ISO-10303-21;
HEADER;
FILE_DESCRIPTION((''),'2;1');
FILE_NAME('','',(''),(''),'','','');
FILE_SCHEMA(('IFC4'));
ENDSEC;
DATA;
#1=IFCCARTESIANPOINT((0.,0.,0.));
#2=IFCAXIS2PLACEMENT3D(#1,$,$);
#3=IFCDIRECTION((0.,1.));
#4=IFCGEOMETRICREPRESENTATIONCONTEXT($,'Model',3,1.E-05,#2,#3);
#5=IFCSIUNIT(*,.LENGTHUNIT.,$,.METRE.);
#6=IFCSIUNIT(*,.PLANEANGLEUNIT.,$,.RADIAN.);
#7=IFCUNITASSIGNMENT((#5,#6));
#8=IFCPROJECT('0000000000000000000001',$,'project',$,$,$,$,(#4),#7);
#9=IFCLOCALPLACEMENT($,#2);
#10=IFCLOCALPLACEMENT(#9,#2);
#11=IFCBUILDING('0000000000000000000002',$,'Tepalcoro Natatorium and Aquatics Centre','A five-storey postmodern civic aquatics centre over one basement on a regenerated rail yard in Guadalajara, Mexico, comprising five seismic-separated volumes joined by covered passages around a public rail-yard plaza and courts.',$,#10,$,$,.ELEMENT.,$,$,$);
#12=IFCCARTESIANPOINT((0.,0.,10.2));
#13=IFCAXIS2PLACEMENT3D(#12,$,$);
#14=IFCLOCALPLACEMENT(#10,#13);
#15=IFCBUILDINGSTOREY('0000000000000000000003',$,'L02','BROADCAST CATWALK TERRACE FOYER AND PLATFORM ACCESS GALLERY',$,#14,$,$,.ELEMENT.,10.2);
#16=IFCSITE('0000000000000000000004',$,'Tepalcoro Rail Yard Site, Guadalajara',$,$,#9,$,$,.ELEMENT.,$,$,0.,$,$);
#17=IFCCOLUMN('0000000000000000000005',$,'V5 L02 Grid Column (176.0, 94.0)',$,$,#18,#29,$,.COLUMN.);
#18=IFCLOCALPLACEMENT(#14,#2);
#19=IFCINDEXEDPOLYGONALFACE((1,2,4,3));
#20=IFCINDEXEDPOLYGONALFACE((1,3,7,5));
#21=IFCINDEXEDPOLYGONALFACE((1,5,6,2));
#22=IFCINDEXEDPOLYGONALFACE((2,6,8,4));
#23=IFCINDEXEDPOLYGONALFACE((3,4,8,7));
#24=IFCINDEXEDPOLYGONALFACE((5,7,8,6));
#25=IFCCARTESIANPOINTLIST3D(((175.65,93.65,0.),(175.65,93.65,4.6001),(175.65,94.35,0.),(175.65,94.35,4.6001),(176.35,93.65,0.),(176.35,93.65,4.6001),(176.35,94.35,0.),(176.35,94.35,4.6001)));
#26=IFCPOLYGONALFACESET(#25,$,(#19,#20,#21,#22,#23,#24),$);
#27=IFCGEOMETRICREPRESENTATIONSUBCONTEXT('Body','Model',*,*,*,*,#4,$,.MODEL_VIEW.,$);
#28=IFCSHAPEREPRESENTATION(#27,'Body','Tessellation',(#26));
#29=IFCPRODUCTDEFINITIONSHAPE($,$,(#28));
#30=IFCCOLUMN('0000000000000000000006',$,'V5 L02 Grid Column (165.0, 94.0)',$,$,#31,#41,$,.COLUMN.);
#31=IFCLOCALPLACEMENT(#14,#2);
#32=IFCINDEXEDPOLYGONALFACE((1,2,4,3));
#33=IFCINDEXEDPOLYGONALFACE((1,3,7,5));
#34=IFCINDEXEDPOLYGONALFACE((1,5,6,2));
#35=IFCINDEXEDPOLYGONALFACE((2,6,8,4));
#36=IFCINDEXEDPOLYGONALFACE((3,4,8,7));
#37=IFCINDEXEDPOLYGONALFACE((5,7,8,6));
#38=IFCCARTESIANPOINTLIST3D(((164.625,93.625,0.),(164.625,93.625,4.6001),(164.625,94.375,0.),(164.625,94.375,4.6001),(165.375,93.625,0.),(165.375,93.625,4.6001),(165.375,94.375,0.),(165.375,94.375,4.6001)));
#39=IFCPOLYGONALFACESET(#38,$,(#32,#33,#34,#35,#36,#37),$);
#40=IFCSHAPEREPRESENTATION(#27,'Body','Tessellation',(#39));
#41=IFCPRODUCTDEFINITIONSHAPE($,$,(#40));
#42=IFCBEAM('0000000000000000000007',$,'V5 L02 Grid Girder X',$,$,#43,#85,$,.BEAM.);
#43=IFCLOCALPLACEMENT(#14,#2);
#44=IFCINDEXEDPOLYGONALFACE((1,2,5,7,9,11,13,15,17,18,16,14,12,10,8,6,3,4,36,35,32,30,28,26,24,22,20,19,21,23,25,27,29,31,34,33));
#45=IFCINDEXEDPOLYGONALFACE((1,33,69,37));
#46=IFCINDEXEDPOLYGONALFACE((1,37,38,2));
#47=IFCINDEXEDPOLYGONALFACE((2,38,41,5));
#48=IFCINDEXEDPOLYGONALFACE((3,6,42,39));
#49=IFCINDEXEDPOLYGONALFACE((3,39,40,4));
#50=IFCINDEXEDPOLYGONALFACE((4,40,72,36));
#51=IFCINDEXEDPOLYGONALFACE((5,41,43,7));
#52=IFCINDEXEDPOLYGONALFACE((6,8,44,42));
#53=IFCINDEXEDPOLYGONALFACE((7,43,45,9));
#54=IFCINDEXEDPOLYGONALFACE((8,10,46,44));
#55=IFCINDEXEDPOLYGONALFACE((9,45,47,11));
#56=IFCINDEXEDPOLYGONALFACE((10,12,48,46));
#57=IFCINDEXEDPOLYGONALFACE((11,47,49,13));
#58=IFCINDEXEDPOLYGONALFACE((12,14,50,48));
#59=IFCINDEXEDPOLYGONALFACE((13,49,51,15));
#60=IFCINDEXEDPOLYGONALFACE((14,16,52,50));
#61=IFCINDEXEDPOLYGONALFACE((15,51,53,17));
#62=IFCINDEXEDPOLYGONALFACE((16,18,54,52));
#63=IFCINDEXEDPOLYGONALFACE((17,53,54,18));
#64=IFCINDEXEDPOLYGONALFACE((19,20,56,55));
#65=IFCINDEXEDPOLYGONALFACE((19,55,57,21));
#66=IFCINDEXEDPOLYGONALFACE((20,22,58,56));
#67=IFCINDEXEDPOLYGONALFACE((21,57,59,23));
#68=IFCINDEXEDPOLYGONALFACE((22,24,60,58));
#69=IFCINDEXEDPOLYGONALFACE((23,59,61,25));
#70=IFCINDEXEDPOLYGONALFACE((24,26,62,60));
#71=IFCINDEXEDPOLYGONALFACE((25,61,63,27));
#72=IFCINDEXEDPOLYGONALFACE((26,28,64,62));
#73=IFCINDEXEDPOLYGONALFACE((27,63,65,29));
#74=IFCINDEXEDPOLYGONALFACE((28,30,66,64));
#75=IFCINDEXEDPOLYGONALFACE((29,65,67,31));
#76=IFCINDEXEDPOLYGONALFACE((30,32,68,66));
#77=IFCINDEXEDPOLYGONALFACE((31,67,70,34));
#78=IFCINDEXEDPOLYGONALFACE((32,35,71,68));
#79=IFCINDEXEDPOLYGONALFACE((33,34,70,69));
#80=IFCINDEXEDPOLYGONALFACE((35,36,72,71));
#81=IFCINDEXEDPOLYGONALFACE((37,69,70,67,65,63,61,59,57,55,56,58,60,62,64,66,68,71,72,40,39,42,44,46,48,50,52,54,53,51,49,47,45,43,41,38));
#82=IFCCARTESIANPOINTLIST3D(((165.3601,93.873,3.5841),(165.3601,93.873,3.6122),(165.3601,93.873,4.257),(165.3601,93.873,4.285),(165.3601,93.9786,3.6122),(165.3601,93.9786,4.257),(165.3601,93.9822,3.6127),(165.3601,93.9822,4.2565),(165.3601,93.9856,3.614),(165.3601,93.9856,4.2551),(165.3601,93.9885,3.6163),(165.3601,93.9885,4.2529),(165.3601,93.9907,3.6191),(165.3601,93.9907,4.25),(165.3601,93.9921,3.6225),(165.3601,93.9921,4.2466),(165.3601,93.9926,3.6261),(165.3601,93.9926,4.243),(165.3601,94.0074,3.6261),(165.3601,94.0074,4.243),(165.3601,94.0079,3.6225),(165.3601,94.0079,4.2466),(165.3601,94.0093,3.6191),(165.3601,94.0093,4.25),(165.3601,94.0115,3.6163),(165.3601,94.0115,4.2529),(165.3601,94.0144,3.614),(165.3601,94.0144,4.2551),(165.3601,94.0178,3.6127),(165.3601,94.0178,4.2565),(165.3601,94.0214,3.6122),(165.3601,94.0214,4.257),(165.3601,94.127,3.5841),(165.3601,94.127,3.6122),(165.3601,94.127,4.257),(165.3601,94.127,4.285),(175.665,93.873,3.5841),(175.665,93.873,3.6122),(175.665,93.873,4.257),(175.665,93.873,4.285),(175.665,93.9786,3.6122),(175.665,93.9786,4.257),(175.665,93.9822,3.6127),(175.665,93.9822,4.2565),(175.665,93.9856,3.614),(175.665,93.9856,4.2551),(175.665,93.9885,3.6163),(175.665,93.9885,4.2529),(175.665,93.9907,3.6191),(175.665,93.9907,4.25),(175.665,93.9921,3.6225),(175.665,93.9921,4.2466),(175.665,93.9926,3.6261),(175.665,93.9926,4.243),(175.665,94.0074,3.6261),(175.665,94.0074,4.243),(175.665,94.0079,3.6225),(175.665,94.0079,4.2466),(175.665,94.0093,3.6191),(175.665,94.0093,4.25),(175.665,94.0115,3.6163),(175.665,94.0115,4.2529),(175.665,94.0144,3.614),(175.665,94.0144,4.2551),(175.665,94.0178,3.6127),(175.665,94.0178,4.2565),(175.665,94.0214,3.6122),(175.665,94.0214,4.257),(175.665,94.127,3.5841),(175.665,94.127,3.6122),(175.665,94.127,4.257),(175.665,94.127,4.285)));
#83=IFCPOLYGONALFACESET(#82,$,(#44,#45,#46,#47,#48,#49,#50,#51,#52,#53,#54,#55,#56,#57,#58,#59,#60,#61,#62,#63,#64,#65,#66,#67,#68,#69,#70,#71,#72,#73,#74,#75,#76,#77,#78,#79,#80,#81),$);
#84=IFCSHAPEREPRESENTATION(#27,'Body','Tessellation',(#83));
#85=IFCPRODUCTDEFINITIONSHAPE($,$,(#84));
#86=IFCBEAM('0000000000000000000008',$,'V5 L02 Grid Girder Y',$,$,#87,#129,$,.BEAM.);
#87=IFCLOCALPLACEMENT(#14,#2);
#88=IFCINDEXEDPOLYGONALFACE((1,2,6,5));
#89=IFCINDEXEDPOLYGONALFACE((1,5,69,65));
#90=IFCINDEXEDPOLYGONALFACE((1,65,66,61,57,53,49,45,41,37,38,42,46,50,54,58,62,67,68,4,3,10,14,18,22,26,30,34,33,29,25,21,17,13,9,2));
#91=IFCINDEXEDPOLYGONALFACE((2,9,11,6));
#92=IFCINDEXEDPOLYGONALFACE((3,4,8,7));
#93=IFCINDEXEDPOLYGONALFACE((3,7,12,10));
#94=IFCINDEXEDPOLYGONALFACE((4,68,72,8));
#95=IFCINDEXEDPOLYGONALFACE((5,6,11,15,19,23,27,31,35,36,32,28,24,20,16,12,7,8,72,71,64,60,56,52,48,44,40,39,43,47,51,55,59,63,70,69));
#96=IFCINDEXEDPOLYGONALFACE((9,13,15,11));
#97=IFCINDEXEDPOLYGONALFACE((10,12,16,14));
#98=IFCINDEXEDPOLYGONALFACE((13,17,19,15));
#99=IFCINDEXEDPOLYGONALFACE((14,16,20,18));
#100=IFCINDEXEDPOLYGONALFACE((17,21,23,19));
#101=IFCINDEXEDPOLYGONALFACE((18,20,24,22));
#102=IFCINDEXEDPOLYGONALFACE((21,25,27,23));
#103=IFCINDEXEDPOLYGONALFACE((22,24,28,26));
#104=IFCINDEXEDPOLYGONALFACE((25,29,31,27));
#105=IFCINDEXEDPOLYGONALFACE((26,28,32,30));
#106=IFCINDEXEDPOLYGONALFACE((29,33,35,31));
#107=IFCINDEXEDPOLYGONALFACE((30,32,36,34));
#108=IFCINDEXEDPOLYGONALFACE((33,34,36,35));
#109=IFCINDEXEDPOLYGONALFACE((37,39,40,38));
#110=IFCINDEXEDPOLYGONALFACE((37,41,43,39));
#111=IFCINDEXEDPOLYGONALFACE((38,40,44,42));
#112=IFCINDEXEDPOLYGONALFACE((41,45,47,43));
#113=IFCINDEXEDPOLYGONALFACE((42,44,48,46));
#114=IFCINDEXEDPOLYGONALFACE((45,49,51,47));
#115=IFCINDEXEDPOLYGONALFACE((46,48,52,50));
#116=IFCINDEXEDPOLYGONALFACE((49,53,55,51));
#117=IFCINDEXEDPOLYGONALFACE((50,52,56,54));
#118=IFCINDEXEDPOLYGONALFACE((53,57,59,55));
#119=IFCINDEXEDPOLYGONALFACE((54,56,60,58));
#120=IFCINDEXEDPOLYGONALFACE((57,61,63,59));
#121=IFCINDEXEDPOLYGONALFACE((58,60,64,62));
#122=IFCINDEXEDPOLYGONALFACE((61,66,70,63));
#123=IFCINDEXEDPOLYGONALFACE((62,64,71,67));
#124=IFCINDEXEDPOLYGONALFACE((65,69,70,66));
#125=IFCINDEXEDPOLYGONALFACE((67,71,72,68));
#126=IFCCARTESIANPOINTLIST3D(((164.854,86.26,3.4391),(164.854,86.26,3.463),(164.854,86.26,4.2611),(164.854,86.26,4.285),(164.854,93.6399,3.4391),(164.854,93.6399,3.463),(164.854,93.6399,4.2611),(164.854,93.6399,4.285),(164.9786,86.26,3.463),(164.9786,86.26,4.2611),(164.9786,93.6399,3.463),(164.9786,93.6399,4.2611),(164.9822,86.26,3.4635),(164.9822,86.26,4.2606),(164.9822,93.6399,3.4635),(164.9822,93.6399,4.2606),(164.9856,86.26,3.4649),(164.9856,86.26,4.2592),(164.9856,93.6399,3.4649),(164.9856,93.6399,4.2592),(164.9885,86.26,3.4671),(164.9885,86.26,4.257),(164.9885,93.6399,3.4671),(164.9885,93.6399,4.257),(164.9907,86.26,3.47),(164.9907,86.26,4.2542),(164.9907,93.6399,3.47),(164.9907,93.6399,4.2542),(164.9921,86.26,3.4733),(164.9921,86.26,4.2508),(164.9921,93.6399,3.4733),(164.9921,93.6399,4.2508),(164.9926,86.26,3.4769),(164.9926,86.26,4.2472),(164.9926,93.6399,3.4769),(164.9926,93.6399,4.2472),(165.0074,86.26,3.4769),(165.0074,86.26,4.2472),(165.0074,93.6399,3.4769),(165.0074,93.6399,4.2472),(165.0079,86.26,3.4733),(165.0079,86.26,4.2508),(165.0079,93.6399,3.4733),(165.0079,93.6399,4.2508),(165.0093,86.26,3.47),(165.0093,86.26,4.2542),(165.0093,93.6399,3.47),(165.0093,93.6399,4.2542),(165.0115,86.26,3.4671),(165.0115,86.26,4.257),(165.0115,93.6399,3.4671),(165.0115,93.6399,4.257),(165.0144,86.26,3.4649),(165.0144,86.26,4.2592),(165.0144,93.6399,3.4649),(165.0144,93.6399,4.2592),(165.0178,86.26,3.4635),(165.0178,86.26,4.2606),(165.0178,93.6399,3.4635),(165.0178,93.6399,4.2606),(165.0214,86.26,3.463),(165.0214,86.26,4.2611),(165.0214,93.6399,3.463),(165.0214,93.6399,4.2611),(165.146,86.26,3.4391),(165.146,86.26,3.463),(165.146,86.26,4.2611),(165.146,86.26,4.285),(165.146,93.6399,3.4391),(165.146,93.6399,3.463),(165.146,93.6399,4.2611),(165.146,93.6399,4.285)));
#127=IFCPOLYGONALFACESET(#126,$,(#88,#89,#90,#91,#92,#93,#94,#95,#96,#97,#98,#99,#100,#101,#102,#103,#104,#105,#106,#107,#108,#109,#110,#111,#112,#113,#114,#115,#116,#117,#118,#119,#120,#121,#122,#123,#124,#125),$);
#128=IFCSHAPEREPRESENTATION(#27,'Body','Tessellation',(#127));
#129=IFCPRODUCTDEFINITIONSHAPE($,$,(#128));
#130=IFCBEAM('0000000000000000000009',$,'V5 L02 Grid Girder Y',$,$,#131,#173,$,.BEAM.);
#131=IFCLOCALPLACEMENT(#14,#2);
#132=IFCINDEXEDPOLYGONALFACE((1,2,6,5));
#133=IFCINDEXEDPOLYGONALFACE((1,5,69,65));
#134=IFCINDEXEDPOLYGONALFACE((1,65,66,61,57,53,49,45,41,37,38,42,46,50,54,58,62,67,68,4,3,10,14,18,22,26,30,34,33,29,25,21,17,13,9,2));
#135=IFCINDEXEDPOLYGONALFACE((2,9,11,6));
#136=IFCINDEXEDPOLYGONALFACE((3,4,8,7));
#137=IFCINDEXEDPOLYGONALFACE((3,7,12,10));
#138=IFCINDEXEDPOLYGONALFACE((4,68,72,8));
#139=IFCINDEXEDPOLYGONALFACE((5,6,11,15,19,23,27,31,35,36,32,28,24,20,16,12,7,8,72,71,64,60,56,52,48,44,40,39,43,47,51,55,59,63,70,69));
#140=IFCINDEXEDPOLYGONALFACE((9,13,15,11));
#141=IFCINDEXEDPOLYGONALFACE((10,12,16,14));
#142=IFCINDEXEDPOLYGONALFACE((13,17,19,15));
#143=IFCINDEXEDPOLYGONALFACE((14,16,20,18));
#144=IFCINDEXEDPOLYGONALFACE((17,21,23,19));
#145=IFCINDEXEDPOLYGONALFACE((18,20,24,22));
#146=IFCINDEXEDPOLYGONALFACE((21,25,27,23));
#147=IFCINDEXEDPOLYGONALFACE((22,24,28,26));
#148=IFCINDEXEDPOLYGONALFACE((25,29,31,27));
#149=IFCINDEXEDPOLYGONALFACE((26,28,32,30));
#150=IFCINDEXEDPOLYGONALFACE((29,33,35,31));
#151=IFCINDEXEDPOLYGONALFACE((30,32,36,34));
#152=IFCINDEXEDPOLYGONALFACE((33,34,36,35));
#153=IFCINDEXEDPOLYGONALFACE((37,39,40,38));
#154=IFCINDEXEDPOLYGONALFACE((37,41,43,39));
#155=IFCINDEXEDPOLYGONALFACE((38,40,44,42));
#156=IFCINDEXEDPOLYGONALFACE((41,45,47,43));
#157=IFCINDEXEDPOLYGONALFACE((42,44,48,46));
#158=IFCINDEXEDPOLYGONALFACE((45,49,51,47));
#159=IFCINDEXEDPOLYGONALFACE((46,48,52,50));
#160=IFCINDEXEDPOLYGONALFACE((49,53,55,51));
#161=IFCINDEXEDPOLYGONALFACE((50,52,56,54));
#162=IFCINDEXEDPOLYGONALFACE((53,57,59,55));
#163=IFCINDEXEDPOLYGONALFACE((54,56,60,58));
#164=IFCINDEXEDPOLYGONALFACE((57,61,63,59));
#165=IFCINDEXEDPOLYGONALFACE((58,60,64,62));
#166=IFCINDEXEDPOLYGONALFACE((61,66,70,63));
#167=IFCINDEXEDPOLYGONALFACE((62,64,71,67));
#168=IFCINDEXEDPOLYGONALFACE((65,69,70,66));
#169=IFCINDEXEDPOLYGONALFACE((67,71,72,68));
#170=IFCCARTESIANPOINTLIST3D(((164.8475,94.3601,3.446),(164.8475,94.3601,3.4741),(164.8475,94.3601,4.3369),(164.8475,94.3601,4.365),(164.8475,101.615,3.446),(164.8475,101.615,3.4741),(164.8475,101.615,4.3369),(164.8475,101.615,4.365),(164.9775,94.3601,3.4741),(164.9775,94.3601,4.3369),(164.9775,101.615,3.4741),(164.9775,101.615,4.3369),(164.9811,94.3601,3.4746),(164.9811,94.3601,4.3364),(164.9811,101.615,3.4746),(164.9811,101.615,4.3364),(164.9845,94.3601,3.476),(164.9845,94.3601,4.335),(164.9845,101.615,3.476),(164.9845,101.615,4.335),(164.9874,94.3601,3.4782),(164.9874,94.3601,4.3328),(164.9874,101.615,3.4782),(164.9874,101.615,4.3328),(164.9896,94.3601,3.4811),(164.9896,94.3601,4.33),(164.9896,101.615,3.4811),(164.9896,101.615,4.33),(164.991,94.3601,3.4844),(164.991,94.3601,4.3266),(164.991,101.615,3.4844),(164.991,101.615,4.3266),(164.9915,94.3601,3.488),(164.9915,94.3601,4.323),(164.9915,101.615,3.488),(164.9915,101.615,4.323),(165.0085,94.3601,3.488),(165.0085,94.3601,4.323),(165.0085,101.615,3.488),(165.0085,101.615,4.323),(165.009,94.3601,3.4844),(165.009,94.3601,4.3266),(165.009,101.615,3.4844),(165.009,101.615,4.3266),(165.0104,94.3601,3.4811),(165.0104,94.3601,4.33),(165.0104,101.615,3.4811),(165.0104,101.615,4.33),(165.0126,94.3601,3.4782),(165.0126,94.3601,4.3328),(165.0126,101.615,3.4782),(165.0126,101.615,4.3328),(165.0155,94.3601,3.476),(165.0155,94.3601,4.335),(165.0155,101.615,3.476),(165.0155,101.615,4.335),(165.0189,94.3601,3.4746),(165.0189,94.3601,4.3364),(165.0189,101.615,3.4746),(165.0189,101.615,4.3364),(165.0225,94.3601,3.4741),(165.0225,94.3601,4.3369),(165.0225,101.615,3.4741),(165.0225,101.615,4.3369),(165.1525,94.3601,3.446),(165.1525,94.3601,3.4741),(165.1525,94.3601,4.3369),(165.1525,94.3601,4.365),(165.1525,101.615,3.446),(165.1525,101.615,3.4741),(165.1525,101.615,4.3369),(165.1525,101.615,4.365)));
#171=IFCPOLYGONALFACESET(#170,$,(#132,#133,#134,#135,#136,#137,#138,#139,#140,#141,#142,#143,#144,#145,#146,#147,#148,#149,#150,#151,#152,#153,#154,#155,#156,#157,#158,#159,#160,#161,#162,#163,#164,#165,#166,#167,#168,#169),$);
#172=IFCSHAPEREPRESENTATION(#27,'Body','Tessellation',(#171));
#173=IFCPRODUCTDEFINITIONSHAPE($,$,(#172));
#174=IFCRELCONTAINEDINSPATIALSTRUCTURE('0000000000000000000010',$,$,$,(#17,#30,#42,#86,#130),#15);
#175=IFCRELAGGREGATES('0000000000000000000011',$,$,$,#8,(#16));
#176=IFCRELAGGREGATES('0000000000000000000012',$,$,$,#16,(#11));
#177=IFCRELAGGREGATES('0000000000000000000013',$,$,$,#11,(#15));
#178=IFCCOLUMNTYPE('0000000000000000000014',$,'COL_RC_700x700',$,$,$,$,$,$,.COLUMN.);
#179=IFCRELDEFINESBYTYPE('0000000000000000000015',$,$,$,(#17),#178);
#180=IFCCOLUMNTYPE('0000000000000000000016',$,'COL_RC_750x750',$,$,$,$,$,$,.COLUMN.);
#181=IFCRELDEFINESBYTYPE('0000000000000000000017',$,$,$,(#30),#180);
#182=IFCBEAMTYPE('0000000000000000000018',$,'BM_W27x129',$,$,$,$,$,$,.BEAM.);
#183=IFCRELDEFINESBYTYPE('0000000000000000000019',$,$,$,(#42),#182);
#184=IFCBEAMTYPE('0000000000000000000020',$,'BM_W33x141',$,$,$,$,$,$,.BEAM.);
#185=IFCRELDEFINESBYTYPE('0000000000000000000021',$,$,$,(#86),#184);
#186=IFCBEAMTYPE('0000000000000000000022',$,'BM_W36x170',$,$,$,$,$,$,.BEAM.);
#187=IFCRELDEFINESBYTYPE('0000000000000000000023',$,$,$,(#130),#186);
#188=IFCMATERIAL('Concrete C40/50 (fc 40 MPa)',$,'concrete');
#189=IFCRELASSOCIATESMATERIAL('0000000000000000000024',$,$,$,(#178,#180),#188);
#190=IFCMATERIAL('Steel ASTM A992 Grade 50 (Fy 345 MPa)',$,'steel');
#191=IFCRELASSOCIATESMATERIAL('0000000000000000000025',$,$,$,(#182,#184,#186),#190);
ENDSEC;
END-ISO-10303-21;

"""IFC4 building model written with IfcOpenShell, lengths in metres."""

from ifc_helpers import new_model, si_unit, direction, frame, origin, origin_2d, place, context, subcontext, project, spatial, rectangle, i_section, extrude, material, material_profile, profile_set, type_object, element, save


model = new_model("IFC4")

# Units and contexts
model_context = context("Model", 3, precision=1e-05, world=origin(), true_north=direction((0.0, 1.0)))
body_context = subcontext(model_context, "Body", "Model", "MODEL_VIEW")
ifc_project = project(units=[si_unit("LENGTHUNIT", "METRE"), si_unit("PLANEANGLEUNIT", "RADIAN")], contexts=[model_context])

# Site, building, storey
site_placement = place(None, origin())
site = spatial("IfcSite", under=ifc_project, at=site_placement, Name="Tepalcoro Rail Yard Site, Guadalajara", CompositionType="ELEMENT", RefElevation=0.0)
building_placement = place(site_placement, origin())
building = spatial("IfcBuilding", under=site, at=building_placement, Name="Tepalcoro Natatorium and Aquatics Centre", Description="A five-storey postmodern civic aquatics centre over one basement on a regenerated rail yard in Guadalajara, Mexico, comprising five seismic-separated volumes joined by covered passages around a public rail-yard plaza and courts.", CompositionType="ELEMENT")
storey_placement = place(building_placement, frame((0.0, 0.0, 10.2)))
storey = spatial("IfcBuildingStorey", under=building, at=storey_placement, Name="L02", Description="BROADCAST CATWALK TERRACE FOYER AND PLATFORM ACCESS GALLERY", CompositionType="ELEMENT", Elevation=10.2)

# Columns
ifc_material_1 = material(Name="Concrete C40/50 (fc 40 MPa)", Category="concrete")
ifc_material_profile_1 = material_profile(ifc_material_1, rectangle(XDim=0.7, YDim=0.7, at=origin_2d()), Name="RC700x700")
ifc_profile_set_1 = profile_set([ifc_material_profile_1], Name="Concrete C40/50 (fc 40 MPa)")
column_type_1 = type_object("IfcColumnType", Name="COL_RC_700x700", PredefinedType="COLUMN", material=ifc_profile_set_1)
column_1_placement = place(storey_placement, frame((176.0, 94.0, 0.0), z_axis=(0.0, 0.0, 1.0), x_axis=(1.0, 0.0, 0.0)))
element("IfcColumn", 1, at=column_1_placement, inside=storey, type_object=column_type_1, Name="V5 L02 Grid Column (176.0, 94.0)", PredefinedType="COLUMN", context=body_context, shape_type="SweptSolid", body=[
    extrude(rectangle(XDim=0.7, YDim=0.7, at=origin_2d()), origin(), (0.0, 0.0, 1.0), 4.6001),
])
ifc_material_profile_2 = material_profile(ifc_material_1, rectangle(XDim=0.75, YDim=0.75, at=origin_2d()), Name="RC750x750")
ifc_profile_set_2 = profile_set([ifc_material_profile_2], Name="Concrete C40/50 (fc 40 MPa)")
column_type_2 = type_object("IfcColumnType", Name="COL_RC_750x750", PredefinedType="COLUMN", material=ifc_profile_set_2)
column_2_placement = place(storey_placement, frame((165.0, 94.0, 0.0), z_axis=(0.0, 0.0, 1.0), x_axis=(1.0, 0.0, 0.0)))
element("IfcColumn", 2, at=column_2_placement, inside=storey, type_object=column_type_2, Name="V5 L02 Grid Column (165.0, 94.0)", PredefinedType="COLUMN", context=body_context, shape_type="SweptSolid", body=[
    extrude(rectangle(XDim=0.75, YDim=0.75, at=origin_2d()), origin(), (0.0, 0.0, 1.0), 4.6001),
])

# Beams
ifc_material_2 = material(Name="Steel ASTM A992 Grade 50 (Fy 345 MPa)", Category="steel")
ifc_material_profile_3 = material_profile(ifc_material_2, i_section(OverallWidth=0.2539, OverallDepth=0.7009, WebThickness=0.0149, FlangeThickness=0.0281, FilletRadius=0.0139, at=origin_2d()), Name="W27X129")
ifc_profile_set_3 = profile_set([ifc_material_profile_3], Name="Steel ASTM A992 Grade 50 (Fy 345 MPa)")
beam_type_1 = type_object("IfcBeamType", Name="BM_W27x129", PredefinedType="BEAM", material=ifc_profile_set_3)
beam_1_placement = place(storey_placement, frame((165.3601, 94.0, 3.9346), z_axis=(1.0, 0.0, 0.0), x_axis=(0.0, 1.0, 0.0)))
element("IfcBeam", 3, at=beam_1_placement, inside=storey, type_object=beam_type_1, Name="V5 L02 Grid Girder X", PredefinedType="BEAM", context=body_context, shape_type="SweptSolid", body=[
    extrude(i_section(OverallWidth=0.2539, OverallDepth=0.7009, WebThickness=0.0149, FlangeThickness=0.0281, FilletRadius=0.0139, at=origin_2d()), origin(), (0.0, 0.0, 1.0), 10.3049),
])
ifc_material_profile_4 = material_profile(ifc_material_2, i_section(OverallWidth=0.292, OverallDepth=0.8459, WebThickness=0.0149, FlangeThickness=0.0239, FilletRadius=0.0139, at=origin_2d()), Name="W33X141")
ifc_profile_set_4 = profile_set([ifc_material_profile_4], Name="Steel ASTM A992 Grade 50 (Fy 345 MPa)")
beam_type_2 = type_object("IfcBeamType", Name="BM_W33x141", PredefinedType="BEAM", material=ifc_profile_set_4)
beam_2_placement = place(storey_placement, frame((165.0, 86.26, 3.8621), z_axis=(0.0, 1.0, 0.0), x_axis=(-1.0, 0.0, 0.0)))
element("IfcBeam", 4, at=beam_2_placement, inside=storey, type_object=beam_type_2, Name="V5 L02 Grid Girder Y", PredefinedType="BEAM", context=body_context, shape_type="SweptSolid", body=[
    extrude(i_section(OverallWidth=0.292, OverallDepth=0.8459, WebThickness=0.0149, FlangeThickness=0.0239, FilletRadius=0.0139, at=origin_2d()), origin(), (0.0, 0.0, 1.0), 7.3799),
])
ifc_material_profile_5 = material_profile(ifc_material_2, i_section(OverallWidth=0.3049, OverallDepth=0.9189, WebThickness=0.0171, FlangeThickness=0.0281, FilletRadius=0.0139, at=origin_2d()), Name="W36X170")
ifc_profile_set_5 = profile_set([ifc_material_profile_5], Name="Steel ASTM A992 Grade 50 (Fy 345 MPa)")
beam_type_3 = type_object("IfcBeamType", Name="BM_W36x170", PredefinedType="BEAM", material=ifc_profile_set_5)
beam_3_placement = place(storey_placement, frame((165.0, 94.3601, 3.9055), z_axis=(0.0, 1.0, 0.0), x_axis=(-1.0, 0.0, 0.0)))
element("IfcBeam", 5, at=beam_3_placement, inside=storey, type_object=beam_type_3, Name="V5 L02 Grid Girder Y", PredefinedType="BEAM", context=body_context, shape_type="SweptSolid", body=[
    extrude(i_section(OverallWidth=0.3049, OverallDepth=0.9189, WebThickness=0.0171, FlangeThickness=0.0281, FilletRadius=0.0139, at=origin_2d()), origin(), (0.0, 0.0, 1.0), 7.2549),
])

save(model, "model.ifc")
